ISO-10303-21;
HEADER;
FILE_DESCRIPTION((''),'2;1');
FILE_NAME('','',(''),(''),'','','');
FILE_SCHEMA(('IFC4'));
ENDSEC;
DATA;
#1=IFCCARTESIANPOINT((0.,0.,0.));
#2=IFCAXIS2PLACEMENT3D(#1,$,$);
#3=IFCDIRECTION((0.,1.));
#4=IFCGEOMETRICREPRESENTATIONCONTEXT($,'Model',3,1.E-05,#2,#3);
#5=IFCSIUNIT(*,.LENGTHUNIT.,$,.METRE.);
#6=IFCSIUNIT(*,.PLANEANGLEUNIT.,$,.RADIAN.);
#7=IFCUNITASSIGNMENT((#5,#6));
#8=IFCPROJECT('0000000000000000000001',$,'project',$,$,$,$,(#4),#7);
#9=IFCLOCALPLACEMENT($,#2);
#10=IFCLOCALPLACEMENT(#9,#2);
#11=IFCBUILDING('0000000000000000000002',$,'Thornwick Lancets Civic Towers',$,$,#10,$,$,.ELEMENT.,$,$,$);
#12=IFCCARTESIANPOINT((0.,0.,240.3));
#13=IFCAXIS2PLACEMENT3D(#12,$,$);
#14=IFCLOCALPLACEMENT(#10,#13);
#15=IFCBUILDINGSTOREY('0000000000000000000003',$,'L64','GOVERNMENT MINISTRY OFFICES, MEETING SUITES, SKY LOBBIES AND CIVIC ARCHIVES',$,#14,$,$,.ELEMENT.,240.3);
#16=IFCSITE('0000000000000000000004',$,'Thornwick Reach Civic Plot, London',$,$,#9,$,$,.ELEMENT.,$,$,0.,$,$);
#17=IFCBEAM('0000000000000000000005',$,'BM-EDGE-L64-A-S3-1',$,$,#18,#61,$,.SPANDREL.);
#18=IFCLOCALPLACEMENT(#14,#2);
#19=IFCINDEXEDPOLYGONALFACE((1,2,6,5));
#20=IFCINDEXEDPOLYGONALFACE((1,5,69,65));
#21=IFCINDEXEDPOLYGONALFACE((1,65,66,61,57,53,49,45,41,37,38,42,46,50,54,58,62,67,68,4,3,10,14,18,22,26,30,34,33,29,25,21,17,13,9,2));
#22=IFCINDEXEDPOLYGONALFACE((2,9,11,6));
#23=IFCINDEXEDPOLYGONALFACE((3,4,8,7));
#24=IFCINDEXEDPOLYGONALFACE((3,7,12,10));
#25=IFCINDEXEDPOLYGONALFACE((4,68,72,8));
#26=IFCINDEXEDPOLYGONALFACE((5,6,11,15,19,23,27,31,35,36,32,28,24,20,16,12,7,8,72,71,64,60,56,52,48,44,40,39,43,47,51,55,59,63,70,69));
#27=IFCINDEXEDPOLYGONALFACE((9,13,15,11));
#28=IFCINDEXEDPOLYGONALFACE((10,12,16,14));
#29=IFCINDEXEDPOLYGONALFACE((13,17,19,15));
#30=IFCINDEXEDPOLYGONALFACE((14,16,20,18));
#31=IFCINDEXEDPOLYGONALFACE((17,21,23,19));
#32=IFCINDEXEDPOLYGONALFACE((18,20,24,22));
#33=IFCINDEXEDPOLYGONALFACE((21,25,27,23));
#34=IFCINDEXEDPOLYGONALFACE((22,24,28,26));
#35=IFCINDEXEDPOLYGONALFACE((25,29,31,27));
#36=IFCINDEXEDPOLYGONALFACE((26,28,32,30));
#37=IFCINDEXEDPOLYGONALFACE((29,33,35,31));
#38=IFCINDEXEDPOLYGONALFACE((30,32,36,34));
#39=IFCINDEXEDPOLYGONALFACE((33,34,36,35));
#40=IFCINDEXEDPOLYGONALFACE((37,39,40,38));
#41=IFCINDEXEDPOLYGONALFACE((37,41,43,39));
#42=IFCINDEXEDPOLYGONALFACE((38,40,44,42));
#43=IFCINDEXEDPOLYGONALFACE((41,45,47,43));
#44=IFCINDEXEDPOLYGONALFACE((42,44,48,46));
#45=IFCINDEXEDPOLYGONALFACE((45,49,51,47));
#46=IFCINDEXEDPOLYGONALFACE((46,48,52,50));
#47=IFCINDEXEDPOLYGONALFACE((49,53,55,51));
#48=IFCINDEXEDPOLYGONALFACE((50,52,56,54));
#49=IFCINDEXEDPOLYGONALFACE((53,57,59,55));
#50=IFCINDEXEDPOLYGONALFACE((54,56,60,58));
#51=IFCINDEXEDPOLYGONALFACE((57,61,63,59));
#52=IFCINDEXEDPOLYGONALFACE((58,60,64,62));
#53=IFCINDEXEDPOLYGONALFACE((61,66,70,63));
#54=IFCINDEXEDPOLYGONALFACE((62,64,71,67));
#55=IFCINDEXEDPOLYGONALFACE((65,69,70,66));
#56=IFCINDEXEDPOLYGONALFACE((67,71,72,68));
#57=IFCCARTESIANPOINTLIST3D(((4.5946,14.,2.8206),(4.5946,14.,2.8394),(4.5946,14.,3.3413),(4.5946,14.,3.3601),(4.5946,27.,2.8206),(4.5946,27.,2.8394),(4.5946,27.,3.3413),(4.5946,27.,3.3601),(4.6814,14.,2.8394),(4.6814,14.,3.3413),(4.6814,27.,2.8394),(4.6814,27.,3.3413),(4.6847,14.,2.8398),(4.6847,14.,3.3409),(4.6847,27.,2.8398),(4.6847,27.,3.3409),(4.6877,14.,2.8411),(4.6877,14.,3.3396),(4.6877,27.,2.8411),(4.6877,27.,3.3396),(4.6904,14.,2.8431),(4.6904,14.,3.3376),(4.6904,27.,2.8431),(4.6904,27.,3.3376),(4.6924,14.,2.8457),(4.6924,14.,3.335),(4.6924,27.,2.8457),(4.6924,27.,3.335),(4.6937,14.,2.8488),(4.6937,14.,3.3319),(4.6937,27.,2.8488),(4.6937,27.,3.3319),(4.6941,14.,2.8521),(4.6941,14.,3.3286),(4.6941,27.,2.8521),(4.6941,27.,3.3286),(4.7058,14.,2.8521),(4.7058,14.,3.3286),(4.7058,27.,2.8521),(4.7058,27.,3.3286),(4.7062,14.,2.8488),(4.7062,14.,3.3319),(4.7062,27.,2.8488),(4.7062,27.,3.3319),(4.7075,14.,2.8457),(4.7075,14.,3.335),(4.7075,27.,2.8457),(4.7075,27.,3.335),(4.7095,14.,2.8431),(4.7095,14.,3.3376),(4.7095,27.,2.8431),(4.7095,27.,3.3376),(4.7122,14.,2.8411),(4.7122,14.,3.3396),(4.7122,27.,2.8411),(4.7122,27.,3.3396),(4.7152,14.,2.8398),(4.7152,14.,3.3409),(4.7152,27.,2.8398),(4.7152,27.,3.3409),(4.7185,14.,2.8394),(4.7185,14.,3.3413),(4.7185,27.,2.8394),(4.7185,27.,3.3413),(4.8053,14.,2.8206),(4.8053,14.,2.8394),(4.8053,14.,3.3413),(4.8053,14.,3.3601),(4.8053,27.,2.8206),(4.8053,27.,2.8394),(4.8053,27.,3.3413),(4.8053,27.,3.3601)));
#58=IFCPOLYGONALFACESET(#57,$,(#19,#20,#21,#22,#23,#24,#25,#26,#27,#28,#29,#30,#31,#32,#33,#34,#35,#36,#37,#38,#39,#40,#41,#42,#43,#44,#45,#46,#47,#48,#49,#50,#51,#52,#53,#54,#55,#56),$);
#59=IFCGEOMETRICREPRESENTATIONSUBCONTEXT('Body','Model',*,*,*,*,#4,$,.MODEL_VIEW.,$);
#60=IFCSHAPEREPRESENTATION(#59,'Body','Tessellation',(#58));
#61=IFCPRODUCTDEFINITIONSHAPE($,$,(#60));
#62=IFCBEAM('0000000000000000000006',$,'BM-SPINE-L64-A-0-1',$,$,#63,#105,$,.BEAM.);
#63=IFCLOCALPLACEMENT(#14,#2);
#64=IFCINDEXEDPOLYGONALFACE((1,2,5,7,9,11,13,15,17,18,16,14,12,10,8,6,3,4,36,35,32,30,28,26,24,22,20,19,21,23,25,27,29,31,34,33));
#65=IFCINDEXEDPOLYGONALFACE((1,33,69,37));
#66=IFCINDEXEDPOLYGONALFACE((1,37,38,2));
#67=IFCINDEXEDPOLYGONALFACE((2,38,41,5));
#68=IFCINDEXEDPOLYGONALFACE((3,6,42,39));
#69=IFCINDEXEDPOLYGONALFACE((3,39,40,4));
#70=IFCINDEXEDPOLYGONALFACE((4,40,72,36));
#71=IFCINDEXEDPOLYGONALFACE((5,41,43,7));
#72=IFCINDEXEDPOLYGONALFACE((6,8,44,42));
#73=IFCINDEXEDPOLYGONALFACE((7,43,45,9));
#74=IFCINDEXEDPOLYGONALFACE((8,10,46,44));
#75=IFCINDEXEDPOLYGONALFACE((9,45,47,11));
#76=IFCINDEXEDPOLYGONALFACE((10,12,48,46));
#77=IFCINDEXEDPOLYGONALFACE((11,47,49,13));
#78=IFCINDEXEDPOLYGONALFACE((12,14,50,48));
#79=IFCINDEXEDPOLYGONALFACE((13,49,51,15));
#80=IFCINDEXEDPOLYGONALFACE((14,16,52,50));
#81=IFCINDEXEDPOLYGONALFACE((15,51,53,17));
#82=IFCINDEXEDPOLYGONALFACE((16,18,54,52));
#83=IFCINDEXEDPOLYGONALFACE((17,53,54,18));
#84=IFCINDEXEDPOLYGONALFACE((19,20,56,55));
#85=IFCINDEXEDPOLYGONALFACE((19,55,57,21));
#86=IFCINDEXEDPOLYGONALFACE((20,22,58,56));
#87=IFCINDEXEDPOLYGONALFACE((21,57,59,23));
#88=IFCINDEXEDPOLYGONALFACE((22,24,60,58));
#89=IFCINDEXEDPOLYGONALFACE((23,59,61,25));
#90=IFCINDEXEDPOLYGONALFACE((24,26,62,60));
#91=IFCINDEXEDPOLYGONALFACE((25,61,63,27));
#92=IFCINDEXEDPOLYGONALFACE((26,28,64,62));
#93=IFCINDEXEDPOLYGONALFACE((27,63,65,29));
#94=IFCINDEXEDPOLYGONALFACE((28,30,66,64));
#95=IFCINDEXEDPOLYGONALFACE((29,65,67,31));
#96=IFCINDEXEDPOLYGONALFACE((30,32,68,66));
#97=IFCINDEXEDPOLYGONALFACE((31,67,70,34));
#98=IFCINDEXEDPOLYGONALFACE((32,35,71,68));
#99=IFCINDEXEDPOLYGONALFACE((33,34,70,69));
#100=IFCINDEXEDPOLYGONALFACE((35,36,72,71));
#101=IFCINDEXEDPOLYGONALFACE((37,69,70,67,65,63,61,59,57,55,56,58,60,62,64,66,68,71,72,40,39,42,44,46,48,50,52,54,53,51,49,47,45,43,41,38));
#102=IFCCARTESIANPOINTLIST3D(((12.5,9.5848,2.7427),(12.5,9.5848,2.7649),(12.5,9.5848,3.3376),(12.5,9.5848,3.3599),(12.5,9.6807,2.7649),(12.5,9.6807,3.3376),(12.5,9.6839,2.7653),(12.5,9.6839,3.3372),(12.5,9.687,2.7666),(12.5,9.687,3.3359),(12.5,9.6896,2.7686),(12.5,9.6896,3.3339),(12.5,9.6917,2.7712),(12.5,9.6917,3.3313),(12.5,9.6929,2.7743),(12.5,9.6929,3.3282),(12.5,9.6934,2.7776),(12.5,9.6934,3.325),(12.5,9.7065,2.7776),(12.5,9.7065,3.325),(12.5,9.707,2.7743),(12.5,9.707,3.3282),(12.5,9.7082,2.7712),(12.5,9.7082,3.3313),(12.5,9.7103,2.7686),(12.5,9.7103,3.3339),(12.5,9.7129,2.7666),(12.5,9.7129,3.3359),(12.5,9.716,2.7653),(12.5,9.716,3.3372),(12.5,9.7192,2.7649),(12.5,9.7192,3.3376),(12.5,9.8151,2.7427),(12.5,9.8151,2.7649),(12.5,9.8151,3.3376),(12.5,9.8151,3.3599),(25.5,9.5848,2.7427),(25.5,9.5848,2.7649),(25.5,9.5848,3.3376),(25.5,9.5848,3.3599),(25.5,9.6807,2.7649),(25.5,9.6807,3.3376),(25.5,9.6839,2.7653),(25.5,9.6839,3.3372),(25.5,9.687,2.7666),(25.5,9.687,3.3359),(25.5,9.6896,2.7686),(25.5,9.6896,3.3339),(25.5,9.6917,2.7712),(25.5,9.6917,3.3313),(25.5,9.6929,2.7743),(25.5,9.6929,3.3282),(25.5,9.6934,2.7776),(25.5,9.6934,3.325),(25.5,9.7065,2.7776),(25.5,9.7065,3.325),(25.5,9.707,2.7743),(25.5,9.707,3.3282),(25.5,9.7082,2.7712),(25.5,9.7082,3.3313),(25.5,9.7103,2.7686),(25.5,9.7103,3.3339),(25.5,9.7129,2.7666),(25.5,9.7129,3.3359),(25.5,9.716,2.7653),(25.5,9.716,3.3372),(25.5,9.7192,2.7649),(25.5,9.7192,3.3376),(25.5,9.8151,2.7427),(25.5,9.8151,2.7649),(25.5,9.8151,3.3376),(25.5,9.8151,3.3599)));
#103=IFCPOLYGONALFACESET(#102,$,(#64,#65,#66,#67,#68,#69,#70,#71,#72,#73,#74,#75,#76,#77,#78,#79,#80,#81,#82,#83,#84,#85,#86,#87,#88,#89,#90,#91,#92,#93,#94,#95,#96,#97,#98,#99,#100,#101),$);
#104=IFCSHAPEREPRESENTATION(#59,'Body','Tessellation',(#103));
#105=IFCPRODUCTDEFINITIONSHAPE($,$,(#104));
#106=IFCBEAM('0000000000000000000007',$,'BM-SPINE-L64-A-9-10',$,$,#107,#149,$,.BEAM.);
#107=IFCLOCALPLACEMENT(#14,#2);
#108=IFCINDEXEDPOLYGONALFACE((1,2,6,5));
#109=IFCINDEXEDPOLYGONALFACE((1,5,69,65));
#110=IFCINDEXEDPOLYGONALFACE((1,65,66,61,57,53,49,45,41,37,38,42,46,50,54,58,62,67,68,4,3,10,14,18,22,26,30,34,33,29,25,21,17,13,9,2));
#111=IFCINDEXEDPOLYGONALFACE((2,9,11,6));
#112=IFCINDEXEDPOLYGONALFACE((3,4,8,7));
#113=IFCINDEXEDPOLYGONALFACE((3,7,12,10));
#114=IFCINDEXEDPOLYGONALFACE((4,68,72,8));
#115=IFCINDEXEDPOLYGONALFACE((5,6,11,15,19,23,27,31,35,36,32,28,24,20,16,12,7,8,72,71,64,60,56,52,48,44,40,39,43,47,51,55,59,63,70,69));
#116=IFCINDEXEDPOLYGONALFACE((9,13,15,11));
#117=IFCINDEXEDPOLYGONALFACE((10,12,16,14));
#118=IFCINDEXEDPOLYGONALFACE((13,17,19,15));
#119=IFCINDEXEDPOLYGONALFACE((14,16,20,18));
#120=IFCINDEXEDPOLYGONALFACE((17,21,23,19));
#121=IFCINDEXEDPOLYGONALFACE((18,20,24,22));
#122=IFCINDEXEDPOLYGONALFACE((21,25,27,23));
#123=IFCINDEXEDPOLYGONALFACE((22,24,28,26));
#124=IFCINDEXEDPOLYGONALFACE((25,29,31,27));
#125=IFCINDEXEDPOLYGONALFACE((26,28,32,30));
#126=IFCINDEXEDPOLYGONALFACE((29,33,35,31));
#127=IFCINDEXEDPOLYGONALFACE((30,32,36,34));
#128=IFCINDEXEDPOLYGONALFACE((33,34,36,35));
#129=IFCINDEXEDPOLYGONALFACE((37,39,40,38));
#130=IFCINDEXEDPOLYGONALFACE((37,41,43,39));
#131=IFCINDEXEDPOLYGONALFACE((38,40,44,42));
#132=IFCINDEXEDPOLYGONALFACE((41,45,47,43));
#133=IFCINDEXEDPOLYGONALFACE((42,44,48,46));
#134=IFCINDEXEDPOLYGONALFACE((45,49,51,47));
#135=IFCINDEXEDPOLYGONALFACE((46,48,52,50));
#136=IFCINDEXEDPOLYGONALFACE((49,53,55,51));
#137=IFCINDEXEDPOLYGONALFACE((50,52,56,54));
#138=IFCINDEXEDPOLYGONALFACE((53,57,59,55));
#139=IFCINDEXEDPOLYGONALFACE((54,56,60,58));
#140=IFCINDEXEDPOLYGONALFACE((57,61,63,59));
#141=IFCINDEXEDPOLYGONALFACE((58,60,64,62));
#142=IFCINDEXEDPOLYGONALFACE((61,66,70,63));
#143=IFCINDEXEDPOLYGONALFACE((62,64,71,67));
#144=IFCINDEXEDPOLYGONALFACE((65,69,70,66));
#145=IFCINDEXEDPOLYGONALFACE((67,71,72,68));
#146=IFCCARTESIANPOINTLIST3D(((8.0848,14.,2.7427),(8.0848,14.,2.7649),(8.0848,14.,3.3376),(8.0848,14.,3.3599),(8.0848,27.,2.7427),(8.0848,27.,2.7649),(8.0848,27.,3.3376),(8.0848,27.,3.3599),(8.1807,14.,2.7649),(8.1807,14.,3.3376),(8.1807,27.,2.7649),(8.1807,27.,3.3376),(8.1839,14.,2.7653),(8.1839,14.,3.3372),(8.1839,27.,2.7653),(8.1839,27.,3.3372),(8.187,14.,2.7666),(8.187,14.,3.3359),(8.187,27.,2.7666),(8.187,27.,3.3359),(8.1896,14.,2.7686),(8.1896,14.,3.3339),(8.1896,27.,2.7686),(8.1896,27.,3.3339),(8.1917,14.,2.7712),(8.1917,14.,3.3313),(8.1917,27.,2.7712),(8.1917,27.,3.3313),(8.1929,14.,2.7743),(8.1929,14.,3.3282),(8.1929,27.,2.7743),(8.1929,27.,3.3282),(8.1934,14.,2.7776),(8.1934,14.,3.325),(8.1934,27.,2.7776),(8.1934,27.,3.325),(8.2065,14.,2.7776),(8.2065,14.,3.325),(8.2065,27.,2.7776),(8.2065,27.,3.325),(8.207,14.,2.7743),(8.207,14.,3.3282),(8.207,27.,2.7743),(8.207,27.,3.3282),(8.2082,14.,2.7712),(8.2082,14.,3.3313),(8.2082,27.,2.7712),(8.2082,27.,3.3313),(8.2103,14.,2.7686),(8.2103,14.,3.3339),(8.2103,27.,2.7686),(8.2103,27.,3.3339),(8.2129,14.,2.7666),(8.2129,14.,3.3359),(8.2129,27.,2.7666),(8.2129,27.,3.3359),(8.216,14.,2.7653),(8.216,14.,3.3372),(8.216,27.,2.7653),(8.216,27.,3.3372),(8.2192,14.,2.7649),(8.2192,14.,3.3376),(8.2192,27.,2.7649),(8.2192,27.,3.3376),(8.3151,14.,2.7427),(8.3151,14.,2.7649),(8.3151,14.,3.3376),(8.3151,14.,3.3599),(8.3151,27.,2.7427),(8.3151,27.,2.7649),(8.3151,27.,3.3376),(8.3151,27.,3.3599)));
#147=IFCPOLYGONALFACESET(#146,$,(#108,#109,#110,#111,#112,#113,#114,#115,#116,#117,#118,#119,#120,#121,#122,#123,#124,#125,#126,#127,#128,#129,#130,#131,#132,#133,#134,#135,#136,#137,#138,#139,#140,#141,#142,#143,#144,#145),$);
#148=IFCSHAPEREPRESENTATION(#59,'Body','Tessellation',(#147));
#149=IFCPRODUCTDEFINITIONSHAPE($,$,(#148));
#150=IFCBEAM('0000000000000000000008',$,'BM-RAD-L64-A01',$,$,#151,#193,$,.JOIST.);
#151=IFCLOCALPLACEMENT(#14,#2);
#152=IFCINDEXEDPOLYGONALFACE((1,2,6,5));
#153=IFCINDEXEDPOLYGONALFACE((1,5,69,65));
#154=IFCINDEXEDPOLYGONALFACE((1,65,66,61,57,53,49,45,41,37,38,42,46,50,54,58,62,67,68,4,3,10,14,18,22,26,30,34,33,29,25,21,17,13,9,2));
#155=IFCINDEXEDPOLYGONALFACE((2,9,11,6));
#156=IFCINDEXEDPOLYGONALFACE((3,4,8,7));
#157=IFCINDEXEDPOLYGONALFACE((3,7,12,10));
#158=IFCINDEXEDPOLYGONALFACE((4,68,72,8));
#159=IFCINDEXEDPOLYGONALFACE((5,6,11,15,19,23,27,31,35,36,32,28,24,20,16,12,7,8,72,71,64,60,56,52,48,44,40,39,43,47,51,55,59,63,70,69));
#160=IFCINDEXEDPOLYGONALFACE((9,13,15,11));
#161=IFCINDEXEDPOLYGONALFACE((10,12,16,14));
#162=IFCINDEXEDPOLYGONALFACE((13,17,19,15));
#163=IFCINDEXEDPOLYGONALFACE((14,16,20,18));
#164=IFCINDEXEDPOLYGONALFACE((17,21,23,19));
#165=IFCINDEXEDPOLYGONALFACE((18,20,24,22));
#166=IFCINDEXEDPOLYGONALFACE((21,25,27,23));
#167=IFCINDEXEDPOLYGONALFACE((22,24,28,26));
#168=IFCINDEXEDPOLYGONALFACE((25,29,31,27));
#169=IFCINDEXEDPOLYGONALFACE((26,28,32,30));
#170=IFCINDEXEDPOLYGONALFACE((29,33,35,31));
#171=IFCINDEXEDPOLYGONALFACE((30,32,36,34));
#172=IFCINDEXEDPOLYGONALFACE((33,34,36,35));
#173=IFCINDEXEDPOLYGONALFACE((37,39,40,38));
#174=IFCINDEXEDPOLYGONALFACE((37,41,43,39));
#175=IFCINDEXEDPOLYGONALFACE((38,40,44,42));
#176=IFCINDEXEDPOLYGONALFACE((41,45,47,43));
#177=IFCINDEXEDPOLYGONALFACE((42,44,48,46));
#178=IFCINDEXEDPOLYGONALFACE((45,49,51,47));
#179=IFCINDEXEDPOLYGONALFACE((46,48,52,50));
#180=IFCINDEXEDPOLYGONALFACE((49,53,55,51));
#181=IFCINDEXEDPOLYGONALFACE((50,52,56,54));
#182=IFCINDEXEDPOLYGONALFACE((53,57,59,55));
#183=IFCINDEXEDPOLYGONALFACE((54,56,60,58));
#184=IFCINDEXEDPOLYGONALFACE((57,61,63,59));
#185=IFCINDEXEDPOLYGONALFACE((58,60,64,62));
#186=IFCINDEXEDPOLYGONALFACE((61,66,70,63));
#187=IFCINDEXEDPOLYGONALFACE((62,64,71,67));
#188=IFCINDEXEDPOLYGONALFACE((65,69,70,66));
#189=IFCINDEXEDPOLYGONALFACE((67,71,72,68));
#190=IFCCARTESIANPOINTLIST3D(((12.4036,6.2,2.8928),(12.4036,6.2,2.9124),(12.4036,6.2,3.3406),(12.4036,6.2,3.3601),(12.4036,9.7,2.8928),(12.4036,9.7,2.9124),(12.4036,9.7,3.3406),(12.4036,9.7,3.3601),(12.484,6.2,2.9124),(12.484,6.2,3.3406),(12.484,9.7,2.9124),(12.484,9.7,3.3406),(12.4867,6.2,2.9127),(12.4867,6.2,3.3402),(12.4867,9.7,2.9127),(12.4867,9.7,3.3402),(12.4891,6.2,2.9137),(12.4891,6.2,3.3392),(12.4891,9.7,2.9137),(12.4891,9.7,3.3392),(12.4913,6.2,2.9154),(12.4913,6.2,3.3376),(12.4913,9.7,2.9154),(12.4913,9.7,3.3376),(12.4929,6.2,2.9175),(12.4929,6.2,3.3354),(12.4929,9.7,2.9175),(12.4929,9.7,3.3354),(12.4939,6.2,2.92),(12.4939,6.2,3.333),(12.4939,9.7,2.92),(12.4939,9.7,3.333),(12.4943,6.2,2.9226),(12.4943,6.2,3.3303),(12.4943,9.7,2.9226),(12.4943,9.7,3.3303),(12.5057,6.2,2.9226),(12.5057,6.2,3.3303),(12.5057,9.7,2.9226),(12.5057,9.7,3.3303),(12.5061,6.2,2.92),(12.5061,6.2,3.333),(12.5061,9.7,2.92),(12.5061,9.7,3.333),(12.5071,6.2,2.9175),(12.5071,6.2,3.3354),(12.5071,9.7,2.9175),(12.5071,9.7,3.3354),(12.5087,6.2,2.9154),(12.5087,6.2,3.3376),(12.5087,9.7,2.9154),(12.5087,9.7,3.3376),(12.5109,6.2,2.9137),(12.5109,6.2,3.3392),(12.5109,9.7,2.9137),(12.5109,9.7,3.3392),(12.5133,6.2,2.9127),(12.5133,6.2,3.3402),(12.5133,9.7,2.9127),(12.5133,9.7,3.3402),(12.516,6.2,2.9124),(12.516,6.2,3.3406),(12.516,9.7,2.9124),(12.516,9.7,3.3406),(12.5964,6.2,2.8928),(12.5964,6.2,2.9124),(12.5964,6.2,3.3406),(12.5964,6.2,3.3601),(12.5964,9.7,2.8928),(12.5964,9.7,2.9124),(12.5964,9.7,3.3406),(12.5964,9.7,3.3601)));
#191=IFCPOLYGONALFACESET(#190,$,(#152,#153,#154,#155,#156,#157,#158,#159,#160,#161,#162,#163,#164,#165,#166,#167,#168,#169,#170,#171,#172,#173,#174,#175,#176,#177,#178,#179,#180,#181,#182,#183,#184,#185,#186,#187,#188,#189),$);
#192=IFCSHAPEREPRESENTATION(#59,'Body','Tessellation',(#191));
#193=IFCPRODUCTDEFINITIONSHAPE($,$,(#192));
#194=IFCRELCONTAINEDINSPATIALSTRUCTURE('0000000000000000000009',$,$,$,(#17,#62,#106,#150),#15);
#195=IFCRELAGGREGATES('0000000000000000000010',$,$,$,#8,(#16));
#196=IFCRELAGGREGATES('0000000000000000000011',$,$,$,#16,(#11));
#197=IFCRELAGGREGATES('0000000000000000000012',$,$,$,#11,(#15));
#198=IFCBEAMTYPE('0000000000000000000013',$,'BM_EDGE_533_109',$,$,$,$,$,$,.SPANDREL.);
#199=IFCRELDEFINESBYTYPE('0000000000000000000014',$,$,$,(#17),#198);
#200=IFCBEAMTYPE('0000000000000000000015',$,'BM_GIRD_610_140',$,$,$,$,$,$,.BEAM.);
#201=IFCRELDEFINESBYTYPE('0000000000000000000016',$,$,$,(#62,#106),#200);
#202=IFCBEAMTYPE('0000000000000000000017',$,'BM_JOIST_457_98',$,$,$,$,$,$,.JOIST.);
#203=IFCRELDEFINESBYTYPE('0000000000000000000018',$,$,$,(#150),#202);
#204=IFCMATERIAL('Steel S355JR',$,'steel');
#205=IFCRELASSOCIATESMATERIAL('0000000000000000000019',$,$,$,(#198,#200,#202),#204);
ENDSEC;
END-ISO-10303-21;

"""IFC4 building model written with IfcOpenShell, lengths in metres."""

from ifc_helpers import new_model, si_unit, direction, frame, origin, origin_2d, place, context, subcontext, project, spatial, i_section, extrude, material, material_profile, profile_set, type_object, element, save


model = new_model("IFC4")

# Units and contexts
model_context = context("Model", 3, precision=1e-05, world=origin(), true_north=direction((0.0, 1.0)))
body_context = subcontext(model_context, "Body", "Model", "MODEL_VIEW")
ifc_project = project(units=[si_unit("LENGTHUNIT", "METRE"), si_unit("PLANEANGLEUNIT", "RADIAN")], contexts=[model_context])

# Site, building, storey
site_placement = place(None, origin())
site = spatial("IfcSite", under=ifc_project, at=site_placement, Name="Thornwick Reach Civic Plot, London", CompositionType="ELEMENT", RefElevation=0.0)
building_placement = place(site_placement, origin())
building = spatial("IfcBuilding", under=site, at=building_placement, Name="Thornwick Lancets Civic Towers", CompositionType="ELEMENT")
storey_placement = place(building_placement, frame((0.0, 0.0, 240.3)))
storey = spatial("IfcBuildingStorey", under=building, at=storey_placement, Name="L64", Description="GOVERNMENT MINISTRY OFFICES, MEETING SUITES, SKY LOBBIES AND CIVIC ARCHIVES", CompositionType="ELEMENT", Elevation=240.3)

# Shared definitions
ifc_material_1 = material(Name="Steel S355JR", Category="steel")

# Beams
ifc_material_profile_1 = material_profile(ifc_material_1, i_section(OverallWidth=0.2107, OverallDepth=0.5396, WebThickness=0.0117, FlangeThickness=0.0188, FilletRadius=0.0127, at=origin_2d()), Name="UKB 533x210x109")
ifc_profile_set_1 = profile_set([ifc_material_profile_1], Name="Steel S355JR")
beam_type_1 = type_object("IfcBeamType", Name="BM_EDGE_533_109", PredefinedType="SPANDREL", material=ifc_profile_set_1)
for number, where, z_axis, x_axis, name in (
    (1, (4.7, 14.0, 3.0903), (0.0, 1.0, 0.0), (-1.0, 0.0, 0.0), "BM-EDGE-L64-A-S3-1"),
):
    element("IfcBeam", number, at=place(storey_placement, frame(where, z_axis=z_axis, x_axis=x_axis)), inside=storey, type_object=beam_type_1, Name=name, PredefinedType="SPANDREL", context=body_context, shape_type="SweptSolid", body=[
        extrude(i_section(OverallWidth=0.2107, OverallDepth=0.5396, WebThickness=0.0117, FlangeThickness=0.0188, FilletRadius=0.0127, at=origin_2d()), origin(), (0.0, 0.0, 1.0), 13.0),
    ])
ifc_material_profile_2 = material_profile(ifc_material_1, i_section(OverallWidth=0.2302, OverallDepth=0.6172, WebThickness=0.0132, FlangeThickness=0.0222, FilletRadius=0.0127, at=origin_2d()), Name="UKB 610x229x140")
ifc_profile_set_2 = profile_set([ifc_material_profile_2], Name="Steel S355JR")
beam_type_2 = type_object("IfcBeamType", Name="BM_GIRD_610_140", PredefinedType="BEAM", material=ifc_profile_set_2)
for number, where, z_axis, x_axis, name in (
    (2, (12.5, 9.7, 3.0513), (1.0, 0.0, 0.0), (0.0, 1.0, 0.0), "BM-SPINE-L64-A-0-1"),
    (3, (8.2, 14.0, 3.0513), (0.0, 1.0, 0.0), (-1.0, 0.0, 0.0), "BM-SPINE-L64-A-9-10"),
):
    element("IfcBeam", number, at=place(storey_placement, frame(where, z_axis=z_axis, x_axis=x_axis)), inside=storey, type_object=beam_type_2, Name=name, PredefinedType="BEAM", context=body_context, shape_type="SweptSolid", body=[
        extrude(i_section(OverallWidth=0.2302, OverallDepth=0.6172, WebThickness=0.0132, FlangeThickness=0.0222, FilletRadius=0.0127, at=origin_2d()), origin(), (0.0, 0.0, 1.0), 13.0),
    ])
ifc_material_profile_3 = material_profile(ifc_material_1, i_section(OverallWidth=0.1929, OverallDepth=0.4673, WebThickness=0.0115, FlangeThickness=0.0195, FilletRadius=0.0103, at=origin_2d()), Name="UKB 457x191x98")
ifc_profile_set_3 = profile_set([ifc_material_profile_3], Name="Steel S355JR")
beam_type_3 = type_object("IfcBeamType", Name="BM_JOIST_457_98", PredefinedType="JOIST", material=ifc_profile_set_3)
for number, where, z_axis, x_axis, name in (
    (4, (12.5, 9.7, 3.1265), (0.0, -1.0, 0.0), (1.0, 0.0, 0.0), "BM-RAD-L64-A01"),
):
    element("IfcBeam", number, at=place(storey_placement, frame(where, z_axis=z_axis, x_axis=x_axis)), inside=storey, type_object=beam_type_3, Name=name, PredefinedType="JOIST", context=body_context, shape_type="SweptSolid", body=[
        extrude(i_section(OverallWidth=0.1929, OverallDepth=0.4673, WebThickness=0.0115, FlangeThickness=0.0195, FilletRadius=0.0103, at=origin_2d()), origin(), (0.0, 0.0, 1.0), 3.5),
    ])

save(model, "model.ifc")
